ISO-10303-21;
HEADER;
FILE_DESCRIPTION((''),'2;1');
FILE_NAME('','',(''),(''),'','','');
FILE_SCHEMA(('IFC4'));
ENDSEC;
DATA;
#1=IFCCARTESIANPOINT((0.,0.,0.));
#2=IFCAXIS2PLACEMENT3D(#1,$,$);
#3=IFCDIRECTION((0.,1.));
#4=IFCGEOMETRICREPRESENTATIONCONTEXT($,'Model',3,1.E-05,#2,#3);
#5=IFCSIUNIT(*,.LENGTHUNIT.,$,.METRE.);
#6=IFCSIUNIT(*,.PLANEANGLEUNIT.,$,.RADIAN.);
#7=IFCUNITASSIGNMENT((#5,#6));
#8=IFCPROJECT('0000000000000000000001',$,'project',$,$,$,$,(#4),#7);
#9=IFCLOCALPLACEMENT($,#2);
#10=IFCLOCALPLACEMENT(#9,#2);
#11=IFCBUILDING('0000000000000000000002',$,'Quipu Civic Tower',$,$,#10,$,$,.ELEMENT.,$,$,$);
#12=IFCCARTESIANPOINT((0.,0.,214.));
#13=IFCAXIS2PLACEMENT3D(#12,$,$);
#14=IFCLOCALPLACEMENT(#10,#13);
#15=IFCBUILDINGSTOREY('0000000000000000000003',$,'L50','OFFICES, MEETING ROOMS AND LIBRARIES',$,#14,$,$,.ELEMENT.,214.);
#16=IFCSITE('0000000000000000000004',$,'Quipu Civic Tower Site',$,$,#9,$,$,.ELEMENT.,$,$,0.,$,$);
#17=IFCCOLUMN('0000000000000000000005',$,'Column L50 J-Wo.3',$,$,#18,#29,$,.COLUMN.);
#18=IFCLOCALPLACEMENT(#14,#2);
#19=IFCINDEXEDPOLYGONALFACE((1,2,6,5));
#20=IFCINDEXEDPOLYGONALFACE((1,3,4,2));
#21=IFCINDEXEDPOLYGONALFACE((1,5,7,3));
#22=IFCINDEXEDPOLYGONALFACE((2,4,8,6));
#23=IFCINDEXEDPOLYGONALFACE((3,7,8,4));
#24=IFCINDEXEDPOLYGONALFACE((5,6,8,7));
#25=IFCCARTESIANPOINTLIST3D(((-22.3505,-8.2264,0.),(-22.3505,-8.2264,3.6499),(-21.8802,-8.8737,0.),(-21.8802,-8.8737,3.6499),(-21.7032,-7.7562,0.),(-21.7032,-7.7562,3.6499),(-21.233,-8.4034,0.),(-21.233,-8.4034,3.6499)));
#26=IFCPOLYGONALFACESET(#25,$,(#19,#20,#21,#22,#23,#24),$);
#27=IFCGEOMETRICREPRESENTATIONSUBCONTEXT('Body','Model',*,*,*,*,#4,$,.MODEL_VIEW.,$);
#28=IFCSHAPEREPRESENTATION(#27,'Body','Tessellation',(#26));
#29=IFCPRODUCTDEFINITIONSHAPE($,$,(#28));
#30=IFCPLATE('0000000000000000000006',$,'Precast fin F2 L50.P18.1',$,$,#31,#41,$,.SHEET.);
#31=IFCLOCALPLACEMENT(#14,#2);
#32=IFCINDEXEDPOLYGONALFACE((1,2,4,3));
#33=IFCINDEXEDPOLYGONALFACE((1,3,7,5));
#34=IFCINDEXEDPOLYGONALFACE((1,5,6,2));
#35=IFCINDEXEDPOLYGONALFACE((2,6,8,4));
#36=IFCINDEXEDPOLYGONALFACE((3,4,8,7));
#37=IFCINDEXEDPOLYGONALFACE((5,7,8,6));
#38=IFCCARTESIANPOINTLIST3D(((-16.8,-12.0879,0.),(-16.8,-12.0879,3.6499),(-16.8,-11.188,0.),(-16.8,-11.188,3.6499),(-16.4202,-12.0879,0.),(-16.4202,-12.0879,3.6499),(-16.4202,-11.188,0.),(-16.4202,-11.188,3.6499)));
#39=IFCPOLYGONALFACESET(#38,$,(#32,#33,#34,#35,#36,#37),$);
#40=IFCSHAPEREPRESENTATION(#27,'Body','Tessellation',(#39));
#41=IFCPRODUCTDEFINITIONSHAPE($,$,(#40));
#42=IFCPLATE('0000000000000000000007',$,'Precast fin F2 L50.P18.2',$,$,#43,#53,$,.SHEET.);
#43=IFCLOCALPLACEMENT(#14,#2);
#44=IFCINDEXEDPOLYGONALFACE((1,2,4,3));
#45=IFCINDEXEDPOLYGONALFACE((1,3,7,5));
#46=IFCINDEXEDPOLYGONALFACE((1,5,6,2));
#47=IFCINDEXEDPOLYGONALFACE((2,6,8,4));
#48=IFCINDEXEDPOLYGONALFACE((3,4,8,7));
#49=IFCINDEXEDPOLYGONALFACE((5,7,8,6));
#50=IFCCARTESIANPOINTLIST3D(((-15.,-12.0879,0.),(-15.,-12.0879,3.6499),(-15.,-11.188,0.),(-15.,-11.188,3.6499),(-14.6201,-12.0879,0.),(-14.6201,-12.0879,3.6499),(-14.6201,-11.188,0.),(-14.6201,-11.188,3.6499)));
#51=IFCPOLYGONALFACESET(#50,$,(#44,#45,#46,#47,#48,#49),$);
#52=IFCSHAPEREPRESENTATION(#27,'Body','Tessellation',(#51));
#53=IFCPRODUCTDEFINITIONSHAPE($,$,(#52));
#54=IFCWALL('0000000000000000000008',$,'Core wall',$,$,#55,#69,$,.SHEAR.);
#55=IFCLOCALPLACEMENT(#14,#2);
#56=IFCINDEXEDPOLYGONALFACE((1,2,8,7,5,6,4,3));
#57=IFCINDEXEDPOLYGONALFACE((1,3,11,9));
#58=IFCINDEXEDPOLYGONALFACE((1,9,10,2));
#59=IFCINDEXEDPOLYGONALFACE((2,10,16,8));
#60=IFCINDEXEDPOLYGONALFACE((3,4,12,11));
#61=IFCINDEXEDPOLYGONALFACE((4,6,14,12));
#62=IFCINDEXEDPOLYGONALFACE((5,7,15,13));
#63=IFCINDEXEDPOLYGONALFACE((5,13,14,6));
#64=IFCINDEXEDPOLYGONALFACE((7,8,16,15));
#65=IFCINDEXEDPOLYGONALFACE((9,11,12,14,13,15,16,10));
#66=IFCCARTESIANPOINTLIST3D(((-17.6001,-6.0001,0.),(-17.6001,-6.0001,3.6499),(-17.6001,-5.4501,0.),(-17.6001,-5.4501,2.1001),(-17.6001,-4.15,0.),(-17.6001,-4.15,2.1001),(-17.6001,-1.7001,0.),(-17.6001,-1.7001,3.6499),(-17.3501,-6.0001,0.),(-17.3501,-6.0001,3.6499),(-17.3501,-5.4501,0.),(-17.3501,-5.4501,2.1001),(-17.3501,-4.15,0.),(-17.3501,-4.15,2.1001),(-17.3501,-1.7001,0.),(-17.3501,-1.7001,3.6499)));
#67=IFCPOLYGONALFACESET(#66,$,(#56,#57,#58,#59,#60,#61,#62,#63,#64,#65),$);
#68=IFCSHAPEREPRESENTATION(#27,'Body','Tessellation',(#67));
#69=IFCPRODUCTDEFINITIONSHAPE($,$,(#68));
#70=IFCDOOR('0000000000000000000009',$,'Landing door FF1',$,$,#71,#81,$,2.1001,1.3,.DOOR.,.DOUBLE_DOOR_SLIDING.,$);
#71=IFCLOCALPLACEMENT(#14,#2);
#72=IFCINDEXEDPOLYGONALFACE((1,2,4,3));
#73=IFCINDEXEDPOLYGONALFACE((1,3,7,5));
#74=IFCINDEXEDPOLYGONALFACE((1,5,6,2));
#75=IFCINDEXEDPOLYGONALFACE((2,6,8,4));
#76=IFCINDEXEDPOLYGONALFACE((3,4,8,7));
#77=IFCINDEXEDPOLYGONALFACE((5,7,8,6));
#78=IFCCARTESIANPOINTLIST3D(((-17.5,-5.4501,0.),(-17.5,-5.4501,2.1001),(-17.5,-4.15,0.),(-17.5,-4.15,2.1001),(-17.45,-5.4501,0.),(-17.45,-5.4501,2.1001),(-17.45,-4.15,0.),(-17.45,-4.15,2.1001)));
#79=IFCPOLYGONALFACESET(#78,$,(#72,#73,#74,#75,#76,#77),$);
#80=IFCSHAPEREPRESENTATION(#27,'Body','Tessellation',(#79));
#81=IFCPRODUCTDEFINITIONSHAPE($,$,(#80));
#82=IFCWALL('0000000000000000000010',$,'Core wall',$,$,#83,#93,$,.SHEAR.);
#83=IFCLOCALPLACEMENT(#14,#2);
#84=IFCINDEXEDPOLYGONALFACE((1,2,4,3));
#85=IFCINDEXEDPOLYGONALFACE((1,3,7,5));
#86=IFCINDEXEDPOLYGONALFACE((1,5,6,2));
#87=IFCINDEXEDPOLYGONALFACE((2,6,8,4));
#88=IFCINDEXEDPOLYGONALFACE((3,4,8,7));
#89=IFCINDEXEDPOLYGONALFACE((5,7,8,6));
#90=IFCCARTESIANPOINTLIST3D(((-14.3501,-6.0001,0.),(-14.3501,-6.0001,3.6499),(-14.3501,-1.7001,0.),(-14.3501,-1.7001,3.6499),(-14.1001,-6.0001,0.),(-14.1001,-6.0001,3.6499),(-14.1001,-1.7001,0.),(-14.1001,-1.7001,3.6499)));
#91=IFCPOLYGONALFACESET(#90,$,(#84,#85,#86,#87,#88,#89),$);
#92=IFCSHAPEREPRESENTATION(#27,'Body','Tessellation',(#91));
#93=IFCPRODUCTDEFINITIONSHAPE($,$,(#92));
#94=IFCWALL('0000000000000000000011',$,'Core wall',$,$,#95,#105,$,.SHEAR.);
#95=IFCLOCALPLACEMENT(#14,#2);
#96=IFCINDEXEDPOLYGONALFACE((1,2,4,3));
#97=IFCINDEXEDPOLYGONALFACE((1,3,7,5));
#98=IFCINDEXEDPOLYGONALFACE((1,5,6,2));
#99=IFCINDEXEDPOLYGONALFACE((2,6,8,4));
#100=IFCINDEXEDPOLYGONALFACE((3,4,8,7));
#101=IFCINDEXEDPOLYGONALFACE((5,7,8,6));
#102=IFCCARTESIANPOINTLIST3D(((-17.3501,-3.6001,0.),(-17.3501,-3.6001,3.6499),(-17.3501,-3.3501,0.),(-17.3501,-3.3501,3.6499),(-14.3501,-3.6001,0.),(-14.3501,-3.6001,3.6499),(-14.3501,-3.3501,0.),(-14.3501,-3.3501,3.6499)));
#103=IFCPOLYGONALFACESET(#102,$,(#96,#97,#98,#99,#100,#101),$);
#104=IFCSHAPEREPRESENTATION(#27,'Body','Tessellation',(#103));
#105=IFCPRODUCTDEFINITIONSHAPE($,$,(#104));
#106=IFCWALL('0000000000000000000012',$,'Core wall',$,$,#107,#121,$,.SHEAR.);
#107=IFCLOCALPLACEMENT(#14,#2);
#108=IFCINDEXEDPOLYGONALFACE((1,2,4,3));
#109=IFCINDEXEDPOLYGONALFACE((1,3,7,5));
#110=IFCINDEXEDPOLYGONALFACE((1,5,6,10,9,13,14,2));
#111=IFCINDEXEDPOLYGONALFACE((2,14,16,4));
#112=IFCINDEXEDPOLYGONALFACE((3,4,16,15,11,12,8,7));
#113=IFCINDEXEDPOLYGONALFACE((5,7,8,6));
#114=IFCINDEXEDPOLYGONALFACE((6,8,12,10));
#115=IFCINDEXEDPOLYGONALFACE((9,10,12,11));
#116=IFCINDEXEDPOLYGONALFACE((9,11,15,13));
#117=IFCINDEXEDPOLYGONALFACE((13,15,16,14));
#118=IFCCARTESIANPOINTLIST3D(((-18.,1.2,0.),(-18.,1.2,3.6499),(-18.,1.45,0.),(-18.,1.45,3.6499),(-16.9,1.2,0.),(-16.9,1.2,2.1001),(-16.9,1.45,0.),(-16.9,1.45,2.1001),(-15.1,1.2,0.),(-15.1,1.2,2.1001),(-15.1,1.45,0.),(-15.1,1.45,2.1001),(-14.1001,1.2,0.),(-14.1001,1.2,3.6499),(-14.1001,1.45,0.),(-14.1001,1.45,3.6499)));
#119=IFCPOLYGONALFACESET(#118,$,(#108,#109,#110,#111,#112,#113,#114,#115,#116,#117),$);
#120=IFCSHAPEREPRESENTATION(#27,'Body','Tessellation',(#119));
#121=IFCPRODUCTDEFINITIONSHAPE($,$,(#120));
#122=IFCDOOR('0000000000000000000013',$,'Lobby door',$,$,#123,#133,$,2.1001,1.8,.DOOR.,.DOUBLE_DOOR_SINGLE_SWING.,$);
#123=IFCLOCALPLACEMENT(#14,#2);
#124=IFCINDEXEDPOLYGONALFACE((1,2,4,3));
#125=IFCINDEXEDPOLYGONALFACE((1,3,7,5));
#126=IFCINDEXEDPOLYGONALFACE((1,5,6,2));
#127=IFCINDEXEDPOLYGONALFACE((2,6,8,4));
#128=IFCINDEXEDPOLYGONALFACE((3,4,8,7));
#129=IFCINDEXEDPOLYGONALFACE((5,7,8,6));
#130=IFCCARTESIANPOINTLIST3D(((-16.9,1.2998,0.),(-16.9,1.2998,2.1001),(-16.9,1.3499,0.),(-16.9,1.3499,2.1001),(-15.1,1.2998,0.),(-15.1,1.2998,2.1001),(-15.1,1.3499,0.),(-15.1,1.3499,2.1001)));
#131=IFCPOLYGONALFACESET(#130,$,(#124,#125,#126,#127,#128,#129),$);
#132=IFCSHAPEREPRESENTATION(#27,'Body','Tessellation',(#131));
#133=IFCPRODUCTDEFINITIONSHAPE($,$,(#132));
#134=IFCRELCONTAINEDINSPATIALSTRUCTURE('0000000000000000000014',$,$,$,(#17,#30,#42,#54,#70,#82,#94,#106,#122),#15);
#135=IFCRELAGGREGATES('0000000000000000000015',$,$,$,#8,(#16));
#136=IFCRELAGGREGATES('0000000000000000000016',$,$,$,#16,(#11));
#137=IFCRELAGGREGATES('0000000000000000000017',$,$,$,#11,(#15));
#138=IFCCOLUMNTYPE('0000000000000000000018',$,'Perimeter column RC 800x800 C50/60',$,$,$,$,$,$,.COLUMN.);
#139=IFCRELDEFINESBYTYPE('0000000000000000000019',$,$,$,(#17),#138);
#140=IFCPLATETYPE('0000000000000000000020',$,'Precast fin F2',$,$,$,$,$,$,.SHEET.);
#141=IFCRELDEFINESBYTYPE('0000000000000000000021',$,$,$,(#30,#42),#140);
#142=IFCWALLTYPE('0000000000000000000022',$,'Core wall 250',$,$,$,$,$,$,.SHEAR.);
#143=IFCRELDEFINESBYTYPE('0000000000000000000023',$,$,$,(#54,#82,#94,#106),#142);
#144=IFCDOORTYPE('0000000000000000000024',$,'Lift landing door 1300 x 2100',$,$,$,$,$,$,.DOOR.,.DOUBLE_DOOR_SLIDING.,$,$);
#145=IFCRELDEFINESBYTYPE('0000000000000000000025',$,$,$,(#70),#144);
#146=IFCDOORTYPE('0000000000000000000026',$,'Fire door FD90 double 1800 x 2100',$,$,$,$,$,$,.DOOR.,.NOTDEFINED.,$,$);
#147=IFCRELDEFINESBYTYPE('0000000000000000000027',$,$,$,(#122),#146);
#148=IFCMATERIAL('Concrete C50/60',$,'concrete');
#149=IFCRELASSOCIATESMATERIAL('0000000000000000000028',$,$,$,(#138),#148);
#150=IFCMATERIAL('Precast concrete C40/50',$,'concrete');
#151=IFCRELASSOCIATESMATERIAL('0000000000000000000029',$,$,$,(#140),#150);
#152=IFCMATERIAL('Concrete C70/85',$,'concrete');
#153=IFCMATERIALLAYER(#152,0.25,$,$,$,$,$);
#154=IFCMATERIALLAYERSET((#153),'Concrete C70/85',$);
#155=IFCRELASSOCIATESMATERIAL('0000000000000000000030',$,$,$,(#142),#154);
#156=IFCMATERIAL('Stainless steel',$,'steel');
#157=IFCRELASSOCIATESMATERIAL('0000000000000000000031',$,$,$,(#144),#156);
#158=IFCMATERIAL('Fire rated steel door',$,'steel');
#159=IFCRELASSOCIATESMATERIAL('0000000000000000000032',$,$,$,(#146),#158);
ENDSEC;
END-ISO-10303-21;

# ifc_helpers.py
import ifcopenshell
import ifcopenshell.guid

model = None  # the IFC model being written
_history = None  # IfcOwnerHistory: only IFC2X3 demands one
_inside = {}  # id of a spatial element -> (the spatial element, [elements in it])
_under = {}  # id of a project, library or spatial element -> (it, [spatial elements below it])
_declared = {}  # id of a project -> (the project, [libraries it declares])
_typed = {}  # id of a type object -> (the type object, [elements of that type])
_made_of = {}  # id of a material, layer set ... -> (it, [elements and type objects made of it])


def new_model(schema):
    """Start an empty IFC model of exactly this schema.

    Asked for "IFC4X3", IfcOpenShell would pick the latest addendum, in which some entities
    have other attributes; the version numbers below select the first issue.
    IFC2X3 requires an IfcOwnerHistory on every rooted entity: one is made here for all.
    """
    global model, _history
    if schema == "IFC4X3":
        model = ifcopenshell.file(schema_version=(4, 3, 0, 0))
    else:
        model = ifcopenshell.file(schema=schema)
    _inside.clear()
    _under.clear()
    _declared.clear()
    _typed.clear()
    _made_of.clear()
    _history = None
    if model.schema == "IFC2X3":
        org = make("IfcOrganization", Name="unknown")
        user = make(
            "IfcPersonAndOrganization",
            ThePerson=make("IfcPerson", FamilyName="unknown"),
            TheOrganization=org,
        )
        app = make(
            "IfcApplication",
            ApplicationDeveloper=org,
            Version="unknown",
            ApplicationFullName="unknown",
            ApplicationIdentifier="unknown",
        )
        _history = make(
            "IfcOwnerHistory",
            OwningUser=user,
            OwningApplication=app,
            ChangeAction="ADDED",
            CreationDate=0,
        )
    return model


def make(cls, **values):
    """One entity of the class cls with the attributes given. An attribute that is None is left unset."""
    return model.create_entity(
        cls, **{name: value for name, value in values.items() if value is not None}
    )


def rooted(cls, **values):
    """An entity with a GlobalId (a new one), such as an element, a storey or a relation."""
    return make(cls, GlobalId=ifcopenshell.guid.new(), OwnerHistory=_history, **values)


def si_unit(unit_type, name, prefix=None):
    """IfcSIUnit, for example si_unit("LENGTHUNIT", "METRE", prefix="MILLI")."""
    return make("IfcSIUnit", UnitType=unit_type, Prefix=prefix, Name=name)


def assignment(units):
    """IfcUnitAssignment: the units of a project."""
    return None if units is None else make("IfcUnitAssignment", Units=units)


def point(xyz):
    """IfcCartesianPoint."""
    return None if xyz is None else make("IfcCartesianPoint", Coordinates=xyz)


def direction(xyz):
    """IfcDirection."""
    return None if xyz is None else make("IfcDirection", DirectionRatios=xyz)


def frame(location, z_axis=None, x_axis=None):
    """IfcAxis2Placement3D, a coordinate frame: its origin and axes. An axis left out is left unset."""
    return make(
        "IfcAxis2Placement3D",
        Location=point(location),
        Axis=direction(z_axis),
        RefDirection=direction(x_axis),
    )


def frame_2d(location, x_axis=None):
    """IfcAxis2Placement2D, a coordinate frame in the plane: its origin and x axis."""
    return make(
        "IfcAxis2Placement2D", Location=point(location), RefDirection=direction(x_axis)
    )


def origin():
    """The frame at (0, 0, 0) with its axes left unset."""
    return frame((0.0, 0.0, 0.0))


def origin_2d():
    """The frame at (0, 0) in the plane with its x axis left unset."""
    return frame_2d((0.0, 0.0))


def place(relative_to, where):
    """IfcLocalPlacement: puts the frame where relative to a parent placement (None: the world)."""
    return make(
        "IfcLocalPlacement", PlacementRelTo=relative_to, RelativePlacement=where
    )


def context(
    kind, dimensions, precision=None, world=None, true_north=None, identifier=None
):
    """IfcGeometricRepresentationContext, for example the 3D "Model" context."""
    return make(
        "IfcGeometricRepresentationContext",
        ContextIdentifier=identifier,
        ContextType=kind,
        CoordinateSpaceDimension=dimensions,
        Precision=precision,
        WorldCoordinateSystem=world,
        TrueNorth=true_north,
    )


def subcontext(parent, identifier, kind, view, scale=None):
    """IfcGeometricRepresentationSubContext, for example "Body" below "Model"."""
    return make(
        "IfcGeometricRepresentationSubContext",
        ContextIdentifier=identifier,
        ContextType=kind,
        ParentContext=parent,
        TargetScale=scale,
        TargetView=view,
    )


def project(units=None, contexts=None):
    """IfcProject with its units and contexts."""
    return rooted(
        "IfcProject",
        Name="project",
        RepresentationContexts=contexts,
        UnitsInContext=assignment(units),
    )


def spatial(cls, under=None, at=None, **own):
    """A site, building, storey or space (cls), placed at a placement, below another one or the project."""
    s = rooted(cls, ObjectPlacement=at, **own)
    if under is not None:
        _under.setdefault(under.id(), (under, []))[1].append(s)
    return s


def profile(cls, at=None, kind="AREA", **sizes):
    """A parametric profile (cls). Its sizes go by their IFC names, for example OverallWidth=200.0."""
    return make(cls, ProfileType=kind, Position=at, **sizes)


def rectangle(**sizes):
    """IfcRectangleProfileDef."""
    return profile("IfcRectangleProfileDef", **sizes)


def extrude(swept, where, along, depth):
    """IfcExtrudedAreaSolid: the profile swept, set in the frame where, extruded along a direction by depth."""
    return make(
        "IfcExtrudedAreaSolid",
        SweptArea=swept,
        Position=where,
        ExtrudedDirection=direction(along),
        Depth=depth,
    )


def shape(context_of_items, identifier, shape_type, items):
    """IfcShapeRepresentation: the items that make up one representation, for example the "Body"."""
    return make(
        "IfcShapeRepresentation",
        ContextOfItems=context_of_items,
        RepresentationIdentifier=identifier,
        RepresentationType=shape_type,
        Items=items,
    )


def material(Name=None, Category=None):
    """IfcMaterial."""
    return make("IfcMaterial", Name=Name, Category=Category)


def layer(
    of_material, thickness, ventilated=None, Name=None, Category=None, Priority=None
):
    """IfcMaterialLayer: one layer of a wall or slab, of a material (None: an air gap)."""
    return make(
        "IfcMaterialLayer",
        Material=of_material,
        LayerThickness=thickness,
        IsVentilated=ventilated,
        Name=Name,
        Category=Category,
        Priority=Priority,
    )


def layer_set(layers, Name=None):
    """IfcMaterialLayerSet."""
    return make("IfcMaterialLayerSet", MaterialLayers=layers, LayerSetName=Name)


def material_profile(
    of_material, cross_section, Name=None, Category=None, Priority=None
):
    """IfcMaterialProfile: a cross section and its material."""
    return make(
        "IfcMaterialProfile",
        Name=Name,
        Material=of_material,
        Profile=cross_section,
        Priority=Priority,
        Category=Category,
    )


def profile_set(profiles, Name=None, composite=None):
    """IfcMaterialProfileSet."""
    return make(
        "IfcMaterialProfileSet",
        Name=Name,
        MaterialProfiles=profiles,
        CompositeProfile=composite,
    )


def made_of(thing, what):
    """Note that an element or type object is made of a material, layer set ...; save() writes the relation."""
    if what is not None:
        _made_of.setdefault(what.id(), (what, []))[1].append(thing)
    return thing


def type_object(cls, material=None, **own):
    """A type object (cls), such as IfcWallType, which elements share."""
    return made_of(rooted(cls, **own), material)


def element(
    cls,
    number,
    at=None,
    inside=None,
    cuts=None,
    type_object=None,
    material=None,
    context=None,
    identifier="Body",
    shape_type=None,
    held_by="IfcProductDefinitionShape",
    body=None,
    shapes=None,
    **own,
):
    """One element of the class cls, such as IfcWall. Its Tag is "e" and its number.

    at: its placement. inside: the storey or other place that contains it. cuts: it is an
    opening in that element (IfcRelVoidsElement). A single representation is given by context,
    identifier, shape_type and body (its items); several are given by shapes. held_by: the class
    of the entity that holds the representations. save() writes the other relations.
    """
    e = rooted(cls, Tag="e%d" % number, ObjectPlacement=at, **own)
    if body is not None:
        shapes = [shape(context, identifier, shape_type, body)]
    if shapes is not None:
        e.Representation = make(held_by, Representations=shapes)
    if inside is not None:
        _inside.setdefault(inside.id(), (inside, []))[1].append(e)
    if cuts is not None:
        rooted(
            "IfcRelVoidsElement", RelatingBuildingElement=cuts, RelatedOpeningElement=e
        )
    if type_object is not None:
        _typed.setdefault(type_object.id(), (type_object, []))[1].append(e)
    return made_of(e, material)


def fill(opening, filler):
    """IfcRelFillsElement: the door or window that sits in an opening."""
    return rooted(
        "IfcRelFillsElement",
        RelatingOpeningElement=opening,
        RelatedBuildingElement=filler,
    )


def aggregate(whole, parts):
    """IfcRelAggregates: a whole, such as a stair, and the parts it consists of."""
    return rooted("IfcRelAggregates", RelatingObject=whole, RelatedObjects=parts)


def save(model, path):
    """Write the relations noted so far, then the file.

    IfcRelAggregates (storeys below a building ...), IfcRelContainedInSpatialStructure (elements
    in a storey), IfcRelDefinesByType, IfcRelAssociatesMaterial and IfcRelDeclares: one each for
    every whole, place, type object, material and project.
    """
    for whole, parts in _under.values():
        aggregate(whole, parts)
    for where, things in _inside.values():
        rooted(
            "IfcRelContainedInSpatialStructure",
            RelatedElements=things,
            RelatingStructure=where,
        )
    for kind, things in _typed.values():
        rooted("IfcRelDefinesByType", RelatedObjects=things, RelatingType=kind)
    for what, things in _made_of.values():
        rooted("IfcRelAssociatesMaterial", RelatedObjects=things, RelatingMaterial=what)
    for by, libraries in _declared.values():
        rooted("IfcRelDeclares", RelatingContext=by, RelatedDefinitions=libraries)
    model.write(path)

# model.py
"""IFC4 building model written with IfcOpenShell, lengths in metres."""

from ifc_helpers import new_model, si_unit, direction, frame, frame_2d, origin, origin_2d, place, context, subcontext, project, spatial, rectangle, extrude, material, layer, layer_set, material_profile, profile_set, type_object, element, fill, save


model = new_model("IFC4")

# Units and contexts
model_context = context("Model", 3, precision=1e-05, world=origin(), true_north=direction((0.0, 1.0)))
body_context = subcontext(model_context, "Body", "Model", "MODEL_VIEW")
ifc_project = project(units=[si_unit("LENGTHUNIT", "METRE"), si_unit("PLANEANGLEUNIT", "RADIAN")], contexts=[model_context])

# Site, building, storey
site_placement = place(None, origin())
site = spatial("IfcSite", under=ifc_project, at=site_placement, Name="Quipu Civic Tower Site", CompositionType="ELEMENT", RefElevation=0.0)
building_placement = place(site_placement, origin())
building = spatial("IfcBuilding", under=site, at=building_placement, Name="Quipu Civic Tower", CompositionType="ELEMENT")
storey_placement = place(building_placement, frame((0.0, 0.0, 214.0)))
storey = spatial("IfcBuildingStorey", under=building, at=storey_placement, Name="L50", Description="OFFICES, MEETING ROOMS AND LIBRARIES", CompositionType="ELEMENT", Elevation=214.0)

# Column
ifc_material_1 = material(Name="Concrete C50/60", Category="concrete")
ifc_material_profile = material_profile(ifc_material_1, rectangle(XDim=0.8, YDim=0.8, at=origin_2d()), Name="RC800x800")
ifc_profile_set = profile_set([ifc_material_profile], Name="Concrete C50/60")
column_type = type_object("IfcColumnType", Name="Perimeter column RC 800x800 C50/60", PredefinedType="COLUMN", material=ifc_profile_set)
column_placement = place(storey_placement, frame((-21.7917, -8.3149, 0.0), z_axis=(0.0, 0.0, 1.0), x_axis=(0.587785, -0.809017, 0.0)))
element("IfcColumn", 1, at=column_placement, inside=storey, type_object=column_type, Name="Column L50 J-Wo.3", PredefinedType="COLUMN", context=body_context, shape_type="SweptSolid", body=[
    extrude(rectangle(XDim=0.8, YDim=0.8, at=origin_2d()), origin(), (0.0, 0.0, 1.0), 3.6499),
])

# Plates
ifc_material_2 = material(Name="Precast concrete C40/50", Category="concrete")
plate_type = type_object("IfcPlateType", Name="Precast fin F2", PredefinedType="SHEET", material=ifc_material_2)
for number, where, z_axis, x_axis, name in (
    (2, (-16.6101, -11.6379, 0.0), (0.0, 0.0, 1.0), (1.0, 0.0, 0.0), "Precast fin F2 L50.P18.1"),
    (3, (-14.8101, -11.6379, 0.0), (0.0, 0.0, 1.0), (1.0, 0.0, 0.0), "Precast fin F2 L50.P18.2"),
):
    element("IfcPlate", number, at=place(storey_placement, frame(where, z_axis=z_axis, x_axis=x_axis)), inside=storey, type_object=plate_type, Name=name, PredefinedType="SHEET", context=body_context, shape_type="SweptSolid", body=[
        extrude(rectangle(XDim=0.3799, YDim=0.8999, at=origin_2d()), origin(), (0.0, 0.0, 1.0), 3.6499),
    ])

# Wall, opening, door
ifc_material_3 = material(Name="Concrete C70/85", Category="concrete")
ifc_layer_1 = layer(ifc_material_3, 0.25)
ifc_layer_set_1 = layer_set([ifc_layer_1], Name="Concrete C70/85")
wall_type_1 = type_object("IfcWallType", Name="Core wall 250", PredefinedType="SHEAR", material=ifc_layer_set_1)
wall_1_placement = place(storey_placement, frame((-17.4751, -6.0, 0.0), z_axis=(0.0, 0.0, 1.0), x_axis=(0.0, 1.0, 0.0)))
wall_1 = element("IfcWall", 4, at=wall_1_placement, inside=storey, type_object=wall_type_1, Name="Core wall", PredefinedType="SHEAR", context=body_context, shape_type="SweptSolid", body=[
    extrude(rectangle(XDim=4.3, YDim=0.25, at=frame_2d((2.1499, 0.0))), origin(), (0.0, 0.0, 1.0), 3.6499),
])
opening_1_placement = place(wall_1_placement, frame((0.55, 0.0, 0.0)))
opening_1 = element("IfcOpeningElement", 5, at=opening_1_placement, cuts=wall_1, PredefinedType="OPENING", context=body_context, shape_type="SweptSolid", body=[
    extrude(rectangle(XDim=1.3, YDim=2.1001, at=frame_2d((0.6499, 1.05))), frame((0.0, 0.135, 0.0), z_axis=(0.0, -1.0, 0.0), x_axis=(1.0, 0.0, 0.0)), (0.0, 0.0, 1.0), 0.27),
])
ifc_material_4 = material(Name="Stainless steel", Category="steel")
door_type_1 = type_object("IfcDoorType", Name="Lift landing door 1300 x 2100", OperationType="DOUBLE_DOOR_SLIDING", PredefinedType="DOOR", material=ifc_material_4)
door_1_placement = place(opening_1_placement, origin())
door_1 = element("IfcDoor", 6, at=door_1_placement, inside=storey, type_object=door_type_1, Name="Landing door FF1", OperationType="DOUBLE_DOOR_SLIDING", OverallHeight=2.1001, OverallWidth=1.3, PredefinedType="DOOR", context=body_context, shape_type="SweptSolid", body=[
    extrude(rectangle(XDim=1.3, YDim=2.1001, at=frame_2d((0.6499, 1.05))), frame((0.0, 0.0249, 0.0), z_axis=(0.0, -1.0, 0.0), x_axis=(1.0, 0.0, 0.0)), (0.0, 0.0, 1.0), 0.05),
])
fill(opening_1, door_1)

# Walls
wall_2_placement = place(storey_placement, frame((-14.2251, -6.0, 0.0), z_axis=(0.0, 0.0, 1.0), x_axis=(0.0, 1.0, 0.0)))
element("IfcWall", 7, at=wall_2_placement, inside=storey, type_object=wall_type_1, Name="Core wall", PredefinedType="SHEAR", context=body_context, shape_type="SweptSolid", body=[
    extrude(rectangle(XDim=4.3, YDim=0.25, at=frame_2d((2.1499, 0.0))), origin(), (0.0, 0.0, 1.0), 3.6499),
])
wall_3_placement = place(storey_placement, frame((-17.3501, -3.4751, 0.0), z_axis=(0.0, 0.0, 1.0), x_axis=(1.0, 0.0, 0.0)))
element("IfcWall", 8, at=wall_3_placement, inside=storey, type_object=wall_type_1, Name="Core wall", PredefinedType="SHEAR", context=body_context, shape_type="SweptSolid", body=[
    extrude(rectangle(XDim=3.0, YDim=0.25, at=frame_2d((1.5, 0.0))), origin(), (0.0, 0.0, 1.0), 3.6499),
])

# Wall, opening, door
wall_4_placement = place(storey_placement, frame((-18.0, 1.325, 0.0), z_axis=(0.0, 0.0, 1.0), x_axis=(1.0, 0.0, 0.0)))
wall_4 = element("IfcWall", 9, at=wall_4_placement, inside=storey, type_object=wall_type_1, Name="Core wall", PredefinedType="SHEAR", context=body_context, shape_type="SweptSolid", body=[
    extrude(rectangle(XDim=3.8999, YDim=0.25, at=frame_2d((1.95, 0.0))), origin(), (0.0, 0.0, 1.0), 3.6499),
])
opening_2_placement = place(wall_4_placement, frame((1.1001, 0.0, 0.0)))
opening_2 = element("IfcOpeningElement", 10, at=opening_2_placement, cuts=wall_4, PredefinedType="OPENING", context=body_context, shape_type="SweptSolid", body=[
    extrude(rectangle(XDim=1.8, YDim=2.1001, at=frame_2d((0.8999, 1.05))), frame((0.0, 0.135, 0.0), z_axis=(0.0, -1.0, 0.0), x_axis=(1.0, 0.0, 0.0)), (0.0, 0.0, 1.0), 0.27),
])
ifc_material_5 = material(Name="Fire rated steel door", Category="steel")
door_type_2 = type_object("IfcDoorType", Name="Fire door FD90 double 1800 x 2100", OperationType="NOTDEFINED", PredefinedType="DOOR", material=ifc_material_5)
door_2_placement = place(opening_2_placement, origin())
door_2 = element("IfcDoor", 11, at=door_2_placement, inside=storey, type_object=door_type_2, Name="Lobby door", OperationType="DOUBLE_DOOR_SINGLE_SWING", OverallHeight=2.1001, OverallWidth=1.8, PredefinedType="DOOR", context=body_context, shape_type="SweptSolid", body=[
    extrude(rectangle(XDim=1.8, YDim=2.1001, at=frame_2d((0.8999, 1.05))), frame((0.0, 0.0249, 0.0), z_axis=(0.0, -1.0, 0.0), x_axis=(1.0, 0.0, 0.0)), (0.0, 0.0, 1.0), 0.05),
])
fill(opening_2, door_2)

save(model, "model.ifc")
